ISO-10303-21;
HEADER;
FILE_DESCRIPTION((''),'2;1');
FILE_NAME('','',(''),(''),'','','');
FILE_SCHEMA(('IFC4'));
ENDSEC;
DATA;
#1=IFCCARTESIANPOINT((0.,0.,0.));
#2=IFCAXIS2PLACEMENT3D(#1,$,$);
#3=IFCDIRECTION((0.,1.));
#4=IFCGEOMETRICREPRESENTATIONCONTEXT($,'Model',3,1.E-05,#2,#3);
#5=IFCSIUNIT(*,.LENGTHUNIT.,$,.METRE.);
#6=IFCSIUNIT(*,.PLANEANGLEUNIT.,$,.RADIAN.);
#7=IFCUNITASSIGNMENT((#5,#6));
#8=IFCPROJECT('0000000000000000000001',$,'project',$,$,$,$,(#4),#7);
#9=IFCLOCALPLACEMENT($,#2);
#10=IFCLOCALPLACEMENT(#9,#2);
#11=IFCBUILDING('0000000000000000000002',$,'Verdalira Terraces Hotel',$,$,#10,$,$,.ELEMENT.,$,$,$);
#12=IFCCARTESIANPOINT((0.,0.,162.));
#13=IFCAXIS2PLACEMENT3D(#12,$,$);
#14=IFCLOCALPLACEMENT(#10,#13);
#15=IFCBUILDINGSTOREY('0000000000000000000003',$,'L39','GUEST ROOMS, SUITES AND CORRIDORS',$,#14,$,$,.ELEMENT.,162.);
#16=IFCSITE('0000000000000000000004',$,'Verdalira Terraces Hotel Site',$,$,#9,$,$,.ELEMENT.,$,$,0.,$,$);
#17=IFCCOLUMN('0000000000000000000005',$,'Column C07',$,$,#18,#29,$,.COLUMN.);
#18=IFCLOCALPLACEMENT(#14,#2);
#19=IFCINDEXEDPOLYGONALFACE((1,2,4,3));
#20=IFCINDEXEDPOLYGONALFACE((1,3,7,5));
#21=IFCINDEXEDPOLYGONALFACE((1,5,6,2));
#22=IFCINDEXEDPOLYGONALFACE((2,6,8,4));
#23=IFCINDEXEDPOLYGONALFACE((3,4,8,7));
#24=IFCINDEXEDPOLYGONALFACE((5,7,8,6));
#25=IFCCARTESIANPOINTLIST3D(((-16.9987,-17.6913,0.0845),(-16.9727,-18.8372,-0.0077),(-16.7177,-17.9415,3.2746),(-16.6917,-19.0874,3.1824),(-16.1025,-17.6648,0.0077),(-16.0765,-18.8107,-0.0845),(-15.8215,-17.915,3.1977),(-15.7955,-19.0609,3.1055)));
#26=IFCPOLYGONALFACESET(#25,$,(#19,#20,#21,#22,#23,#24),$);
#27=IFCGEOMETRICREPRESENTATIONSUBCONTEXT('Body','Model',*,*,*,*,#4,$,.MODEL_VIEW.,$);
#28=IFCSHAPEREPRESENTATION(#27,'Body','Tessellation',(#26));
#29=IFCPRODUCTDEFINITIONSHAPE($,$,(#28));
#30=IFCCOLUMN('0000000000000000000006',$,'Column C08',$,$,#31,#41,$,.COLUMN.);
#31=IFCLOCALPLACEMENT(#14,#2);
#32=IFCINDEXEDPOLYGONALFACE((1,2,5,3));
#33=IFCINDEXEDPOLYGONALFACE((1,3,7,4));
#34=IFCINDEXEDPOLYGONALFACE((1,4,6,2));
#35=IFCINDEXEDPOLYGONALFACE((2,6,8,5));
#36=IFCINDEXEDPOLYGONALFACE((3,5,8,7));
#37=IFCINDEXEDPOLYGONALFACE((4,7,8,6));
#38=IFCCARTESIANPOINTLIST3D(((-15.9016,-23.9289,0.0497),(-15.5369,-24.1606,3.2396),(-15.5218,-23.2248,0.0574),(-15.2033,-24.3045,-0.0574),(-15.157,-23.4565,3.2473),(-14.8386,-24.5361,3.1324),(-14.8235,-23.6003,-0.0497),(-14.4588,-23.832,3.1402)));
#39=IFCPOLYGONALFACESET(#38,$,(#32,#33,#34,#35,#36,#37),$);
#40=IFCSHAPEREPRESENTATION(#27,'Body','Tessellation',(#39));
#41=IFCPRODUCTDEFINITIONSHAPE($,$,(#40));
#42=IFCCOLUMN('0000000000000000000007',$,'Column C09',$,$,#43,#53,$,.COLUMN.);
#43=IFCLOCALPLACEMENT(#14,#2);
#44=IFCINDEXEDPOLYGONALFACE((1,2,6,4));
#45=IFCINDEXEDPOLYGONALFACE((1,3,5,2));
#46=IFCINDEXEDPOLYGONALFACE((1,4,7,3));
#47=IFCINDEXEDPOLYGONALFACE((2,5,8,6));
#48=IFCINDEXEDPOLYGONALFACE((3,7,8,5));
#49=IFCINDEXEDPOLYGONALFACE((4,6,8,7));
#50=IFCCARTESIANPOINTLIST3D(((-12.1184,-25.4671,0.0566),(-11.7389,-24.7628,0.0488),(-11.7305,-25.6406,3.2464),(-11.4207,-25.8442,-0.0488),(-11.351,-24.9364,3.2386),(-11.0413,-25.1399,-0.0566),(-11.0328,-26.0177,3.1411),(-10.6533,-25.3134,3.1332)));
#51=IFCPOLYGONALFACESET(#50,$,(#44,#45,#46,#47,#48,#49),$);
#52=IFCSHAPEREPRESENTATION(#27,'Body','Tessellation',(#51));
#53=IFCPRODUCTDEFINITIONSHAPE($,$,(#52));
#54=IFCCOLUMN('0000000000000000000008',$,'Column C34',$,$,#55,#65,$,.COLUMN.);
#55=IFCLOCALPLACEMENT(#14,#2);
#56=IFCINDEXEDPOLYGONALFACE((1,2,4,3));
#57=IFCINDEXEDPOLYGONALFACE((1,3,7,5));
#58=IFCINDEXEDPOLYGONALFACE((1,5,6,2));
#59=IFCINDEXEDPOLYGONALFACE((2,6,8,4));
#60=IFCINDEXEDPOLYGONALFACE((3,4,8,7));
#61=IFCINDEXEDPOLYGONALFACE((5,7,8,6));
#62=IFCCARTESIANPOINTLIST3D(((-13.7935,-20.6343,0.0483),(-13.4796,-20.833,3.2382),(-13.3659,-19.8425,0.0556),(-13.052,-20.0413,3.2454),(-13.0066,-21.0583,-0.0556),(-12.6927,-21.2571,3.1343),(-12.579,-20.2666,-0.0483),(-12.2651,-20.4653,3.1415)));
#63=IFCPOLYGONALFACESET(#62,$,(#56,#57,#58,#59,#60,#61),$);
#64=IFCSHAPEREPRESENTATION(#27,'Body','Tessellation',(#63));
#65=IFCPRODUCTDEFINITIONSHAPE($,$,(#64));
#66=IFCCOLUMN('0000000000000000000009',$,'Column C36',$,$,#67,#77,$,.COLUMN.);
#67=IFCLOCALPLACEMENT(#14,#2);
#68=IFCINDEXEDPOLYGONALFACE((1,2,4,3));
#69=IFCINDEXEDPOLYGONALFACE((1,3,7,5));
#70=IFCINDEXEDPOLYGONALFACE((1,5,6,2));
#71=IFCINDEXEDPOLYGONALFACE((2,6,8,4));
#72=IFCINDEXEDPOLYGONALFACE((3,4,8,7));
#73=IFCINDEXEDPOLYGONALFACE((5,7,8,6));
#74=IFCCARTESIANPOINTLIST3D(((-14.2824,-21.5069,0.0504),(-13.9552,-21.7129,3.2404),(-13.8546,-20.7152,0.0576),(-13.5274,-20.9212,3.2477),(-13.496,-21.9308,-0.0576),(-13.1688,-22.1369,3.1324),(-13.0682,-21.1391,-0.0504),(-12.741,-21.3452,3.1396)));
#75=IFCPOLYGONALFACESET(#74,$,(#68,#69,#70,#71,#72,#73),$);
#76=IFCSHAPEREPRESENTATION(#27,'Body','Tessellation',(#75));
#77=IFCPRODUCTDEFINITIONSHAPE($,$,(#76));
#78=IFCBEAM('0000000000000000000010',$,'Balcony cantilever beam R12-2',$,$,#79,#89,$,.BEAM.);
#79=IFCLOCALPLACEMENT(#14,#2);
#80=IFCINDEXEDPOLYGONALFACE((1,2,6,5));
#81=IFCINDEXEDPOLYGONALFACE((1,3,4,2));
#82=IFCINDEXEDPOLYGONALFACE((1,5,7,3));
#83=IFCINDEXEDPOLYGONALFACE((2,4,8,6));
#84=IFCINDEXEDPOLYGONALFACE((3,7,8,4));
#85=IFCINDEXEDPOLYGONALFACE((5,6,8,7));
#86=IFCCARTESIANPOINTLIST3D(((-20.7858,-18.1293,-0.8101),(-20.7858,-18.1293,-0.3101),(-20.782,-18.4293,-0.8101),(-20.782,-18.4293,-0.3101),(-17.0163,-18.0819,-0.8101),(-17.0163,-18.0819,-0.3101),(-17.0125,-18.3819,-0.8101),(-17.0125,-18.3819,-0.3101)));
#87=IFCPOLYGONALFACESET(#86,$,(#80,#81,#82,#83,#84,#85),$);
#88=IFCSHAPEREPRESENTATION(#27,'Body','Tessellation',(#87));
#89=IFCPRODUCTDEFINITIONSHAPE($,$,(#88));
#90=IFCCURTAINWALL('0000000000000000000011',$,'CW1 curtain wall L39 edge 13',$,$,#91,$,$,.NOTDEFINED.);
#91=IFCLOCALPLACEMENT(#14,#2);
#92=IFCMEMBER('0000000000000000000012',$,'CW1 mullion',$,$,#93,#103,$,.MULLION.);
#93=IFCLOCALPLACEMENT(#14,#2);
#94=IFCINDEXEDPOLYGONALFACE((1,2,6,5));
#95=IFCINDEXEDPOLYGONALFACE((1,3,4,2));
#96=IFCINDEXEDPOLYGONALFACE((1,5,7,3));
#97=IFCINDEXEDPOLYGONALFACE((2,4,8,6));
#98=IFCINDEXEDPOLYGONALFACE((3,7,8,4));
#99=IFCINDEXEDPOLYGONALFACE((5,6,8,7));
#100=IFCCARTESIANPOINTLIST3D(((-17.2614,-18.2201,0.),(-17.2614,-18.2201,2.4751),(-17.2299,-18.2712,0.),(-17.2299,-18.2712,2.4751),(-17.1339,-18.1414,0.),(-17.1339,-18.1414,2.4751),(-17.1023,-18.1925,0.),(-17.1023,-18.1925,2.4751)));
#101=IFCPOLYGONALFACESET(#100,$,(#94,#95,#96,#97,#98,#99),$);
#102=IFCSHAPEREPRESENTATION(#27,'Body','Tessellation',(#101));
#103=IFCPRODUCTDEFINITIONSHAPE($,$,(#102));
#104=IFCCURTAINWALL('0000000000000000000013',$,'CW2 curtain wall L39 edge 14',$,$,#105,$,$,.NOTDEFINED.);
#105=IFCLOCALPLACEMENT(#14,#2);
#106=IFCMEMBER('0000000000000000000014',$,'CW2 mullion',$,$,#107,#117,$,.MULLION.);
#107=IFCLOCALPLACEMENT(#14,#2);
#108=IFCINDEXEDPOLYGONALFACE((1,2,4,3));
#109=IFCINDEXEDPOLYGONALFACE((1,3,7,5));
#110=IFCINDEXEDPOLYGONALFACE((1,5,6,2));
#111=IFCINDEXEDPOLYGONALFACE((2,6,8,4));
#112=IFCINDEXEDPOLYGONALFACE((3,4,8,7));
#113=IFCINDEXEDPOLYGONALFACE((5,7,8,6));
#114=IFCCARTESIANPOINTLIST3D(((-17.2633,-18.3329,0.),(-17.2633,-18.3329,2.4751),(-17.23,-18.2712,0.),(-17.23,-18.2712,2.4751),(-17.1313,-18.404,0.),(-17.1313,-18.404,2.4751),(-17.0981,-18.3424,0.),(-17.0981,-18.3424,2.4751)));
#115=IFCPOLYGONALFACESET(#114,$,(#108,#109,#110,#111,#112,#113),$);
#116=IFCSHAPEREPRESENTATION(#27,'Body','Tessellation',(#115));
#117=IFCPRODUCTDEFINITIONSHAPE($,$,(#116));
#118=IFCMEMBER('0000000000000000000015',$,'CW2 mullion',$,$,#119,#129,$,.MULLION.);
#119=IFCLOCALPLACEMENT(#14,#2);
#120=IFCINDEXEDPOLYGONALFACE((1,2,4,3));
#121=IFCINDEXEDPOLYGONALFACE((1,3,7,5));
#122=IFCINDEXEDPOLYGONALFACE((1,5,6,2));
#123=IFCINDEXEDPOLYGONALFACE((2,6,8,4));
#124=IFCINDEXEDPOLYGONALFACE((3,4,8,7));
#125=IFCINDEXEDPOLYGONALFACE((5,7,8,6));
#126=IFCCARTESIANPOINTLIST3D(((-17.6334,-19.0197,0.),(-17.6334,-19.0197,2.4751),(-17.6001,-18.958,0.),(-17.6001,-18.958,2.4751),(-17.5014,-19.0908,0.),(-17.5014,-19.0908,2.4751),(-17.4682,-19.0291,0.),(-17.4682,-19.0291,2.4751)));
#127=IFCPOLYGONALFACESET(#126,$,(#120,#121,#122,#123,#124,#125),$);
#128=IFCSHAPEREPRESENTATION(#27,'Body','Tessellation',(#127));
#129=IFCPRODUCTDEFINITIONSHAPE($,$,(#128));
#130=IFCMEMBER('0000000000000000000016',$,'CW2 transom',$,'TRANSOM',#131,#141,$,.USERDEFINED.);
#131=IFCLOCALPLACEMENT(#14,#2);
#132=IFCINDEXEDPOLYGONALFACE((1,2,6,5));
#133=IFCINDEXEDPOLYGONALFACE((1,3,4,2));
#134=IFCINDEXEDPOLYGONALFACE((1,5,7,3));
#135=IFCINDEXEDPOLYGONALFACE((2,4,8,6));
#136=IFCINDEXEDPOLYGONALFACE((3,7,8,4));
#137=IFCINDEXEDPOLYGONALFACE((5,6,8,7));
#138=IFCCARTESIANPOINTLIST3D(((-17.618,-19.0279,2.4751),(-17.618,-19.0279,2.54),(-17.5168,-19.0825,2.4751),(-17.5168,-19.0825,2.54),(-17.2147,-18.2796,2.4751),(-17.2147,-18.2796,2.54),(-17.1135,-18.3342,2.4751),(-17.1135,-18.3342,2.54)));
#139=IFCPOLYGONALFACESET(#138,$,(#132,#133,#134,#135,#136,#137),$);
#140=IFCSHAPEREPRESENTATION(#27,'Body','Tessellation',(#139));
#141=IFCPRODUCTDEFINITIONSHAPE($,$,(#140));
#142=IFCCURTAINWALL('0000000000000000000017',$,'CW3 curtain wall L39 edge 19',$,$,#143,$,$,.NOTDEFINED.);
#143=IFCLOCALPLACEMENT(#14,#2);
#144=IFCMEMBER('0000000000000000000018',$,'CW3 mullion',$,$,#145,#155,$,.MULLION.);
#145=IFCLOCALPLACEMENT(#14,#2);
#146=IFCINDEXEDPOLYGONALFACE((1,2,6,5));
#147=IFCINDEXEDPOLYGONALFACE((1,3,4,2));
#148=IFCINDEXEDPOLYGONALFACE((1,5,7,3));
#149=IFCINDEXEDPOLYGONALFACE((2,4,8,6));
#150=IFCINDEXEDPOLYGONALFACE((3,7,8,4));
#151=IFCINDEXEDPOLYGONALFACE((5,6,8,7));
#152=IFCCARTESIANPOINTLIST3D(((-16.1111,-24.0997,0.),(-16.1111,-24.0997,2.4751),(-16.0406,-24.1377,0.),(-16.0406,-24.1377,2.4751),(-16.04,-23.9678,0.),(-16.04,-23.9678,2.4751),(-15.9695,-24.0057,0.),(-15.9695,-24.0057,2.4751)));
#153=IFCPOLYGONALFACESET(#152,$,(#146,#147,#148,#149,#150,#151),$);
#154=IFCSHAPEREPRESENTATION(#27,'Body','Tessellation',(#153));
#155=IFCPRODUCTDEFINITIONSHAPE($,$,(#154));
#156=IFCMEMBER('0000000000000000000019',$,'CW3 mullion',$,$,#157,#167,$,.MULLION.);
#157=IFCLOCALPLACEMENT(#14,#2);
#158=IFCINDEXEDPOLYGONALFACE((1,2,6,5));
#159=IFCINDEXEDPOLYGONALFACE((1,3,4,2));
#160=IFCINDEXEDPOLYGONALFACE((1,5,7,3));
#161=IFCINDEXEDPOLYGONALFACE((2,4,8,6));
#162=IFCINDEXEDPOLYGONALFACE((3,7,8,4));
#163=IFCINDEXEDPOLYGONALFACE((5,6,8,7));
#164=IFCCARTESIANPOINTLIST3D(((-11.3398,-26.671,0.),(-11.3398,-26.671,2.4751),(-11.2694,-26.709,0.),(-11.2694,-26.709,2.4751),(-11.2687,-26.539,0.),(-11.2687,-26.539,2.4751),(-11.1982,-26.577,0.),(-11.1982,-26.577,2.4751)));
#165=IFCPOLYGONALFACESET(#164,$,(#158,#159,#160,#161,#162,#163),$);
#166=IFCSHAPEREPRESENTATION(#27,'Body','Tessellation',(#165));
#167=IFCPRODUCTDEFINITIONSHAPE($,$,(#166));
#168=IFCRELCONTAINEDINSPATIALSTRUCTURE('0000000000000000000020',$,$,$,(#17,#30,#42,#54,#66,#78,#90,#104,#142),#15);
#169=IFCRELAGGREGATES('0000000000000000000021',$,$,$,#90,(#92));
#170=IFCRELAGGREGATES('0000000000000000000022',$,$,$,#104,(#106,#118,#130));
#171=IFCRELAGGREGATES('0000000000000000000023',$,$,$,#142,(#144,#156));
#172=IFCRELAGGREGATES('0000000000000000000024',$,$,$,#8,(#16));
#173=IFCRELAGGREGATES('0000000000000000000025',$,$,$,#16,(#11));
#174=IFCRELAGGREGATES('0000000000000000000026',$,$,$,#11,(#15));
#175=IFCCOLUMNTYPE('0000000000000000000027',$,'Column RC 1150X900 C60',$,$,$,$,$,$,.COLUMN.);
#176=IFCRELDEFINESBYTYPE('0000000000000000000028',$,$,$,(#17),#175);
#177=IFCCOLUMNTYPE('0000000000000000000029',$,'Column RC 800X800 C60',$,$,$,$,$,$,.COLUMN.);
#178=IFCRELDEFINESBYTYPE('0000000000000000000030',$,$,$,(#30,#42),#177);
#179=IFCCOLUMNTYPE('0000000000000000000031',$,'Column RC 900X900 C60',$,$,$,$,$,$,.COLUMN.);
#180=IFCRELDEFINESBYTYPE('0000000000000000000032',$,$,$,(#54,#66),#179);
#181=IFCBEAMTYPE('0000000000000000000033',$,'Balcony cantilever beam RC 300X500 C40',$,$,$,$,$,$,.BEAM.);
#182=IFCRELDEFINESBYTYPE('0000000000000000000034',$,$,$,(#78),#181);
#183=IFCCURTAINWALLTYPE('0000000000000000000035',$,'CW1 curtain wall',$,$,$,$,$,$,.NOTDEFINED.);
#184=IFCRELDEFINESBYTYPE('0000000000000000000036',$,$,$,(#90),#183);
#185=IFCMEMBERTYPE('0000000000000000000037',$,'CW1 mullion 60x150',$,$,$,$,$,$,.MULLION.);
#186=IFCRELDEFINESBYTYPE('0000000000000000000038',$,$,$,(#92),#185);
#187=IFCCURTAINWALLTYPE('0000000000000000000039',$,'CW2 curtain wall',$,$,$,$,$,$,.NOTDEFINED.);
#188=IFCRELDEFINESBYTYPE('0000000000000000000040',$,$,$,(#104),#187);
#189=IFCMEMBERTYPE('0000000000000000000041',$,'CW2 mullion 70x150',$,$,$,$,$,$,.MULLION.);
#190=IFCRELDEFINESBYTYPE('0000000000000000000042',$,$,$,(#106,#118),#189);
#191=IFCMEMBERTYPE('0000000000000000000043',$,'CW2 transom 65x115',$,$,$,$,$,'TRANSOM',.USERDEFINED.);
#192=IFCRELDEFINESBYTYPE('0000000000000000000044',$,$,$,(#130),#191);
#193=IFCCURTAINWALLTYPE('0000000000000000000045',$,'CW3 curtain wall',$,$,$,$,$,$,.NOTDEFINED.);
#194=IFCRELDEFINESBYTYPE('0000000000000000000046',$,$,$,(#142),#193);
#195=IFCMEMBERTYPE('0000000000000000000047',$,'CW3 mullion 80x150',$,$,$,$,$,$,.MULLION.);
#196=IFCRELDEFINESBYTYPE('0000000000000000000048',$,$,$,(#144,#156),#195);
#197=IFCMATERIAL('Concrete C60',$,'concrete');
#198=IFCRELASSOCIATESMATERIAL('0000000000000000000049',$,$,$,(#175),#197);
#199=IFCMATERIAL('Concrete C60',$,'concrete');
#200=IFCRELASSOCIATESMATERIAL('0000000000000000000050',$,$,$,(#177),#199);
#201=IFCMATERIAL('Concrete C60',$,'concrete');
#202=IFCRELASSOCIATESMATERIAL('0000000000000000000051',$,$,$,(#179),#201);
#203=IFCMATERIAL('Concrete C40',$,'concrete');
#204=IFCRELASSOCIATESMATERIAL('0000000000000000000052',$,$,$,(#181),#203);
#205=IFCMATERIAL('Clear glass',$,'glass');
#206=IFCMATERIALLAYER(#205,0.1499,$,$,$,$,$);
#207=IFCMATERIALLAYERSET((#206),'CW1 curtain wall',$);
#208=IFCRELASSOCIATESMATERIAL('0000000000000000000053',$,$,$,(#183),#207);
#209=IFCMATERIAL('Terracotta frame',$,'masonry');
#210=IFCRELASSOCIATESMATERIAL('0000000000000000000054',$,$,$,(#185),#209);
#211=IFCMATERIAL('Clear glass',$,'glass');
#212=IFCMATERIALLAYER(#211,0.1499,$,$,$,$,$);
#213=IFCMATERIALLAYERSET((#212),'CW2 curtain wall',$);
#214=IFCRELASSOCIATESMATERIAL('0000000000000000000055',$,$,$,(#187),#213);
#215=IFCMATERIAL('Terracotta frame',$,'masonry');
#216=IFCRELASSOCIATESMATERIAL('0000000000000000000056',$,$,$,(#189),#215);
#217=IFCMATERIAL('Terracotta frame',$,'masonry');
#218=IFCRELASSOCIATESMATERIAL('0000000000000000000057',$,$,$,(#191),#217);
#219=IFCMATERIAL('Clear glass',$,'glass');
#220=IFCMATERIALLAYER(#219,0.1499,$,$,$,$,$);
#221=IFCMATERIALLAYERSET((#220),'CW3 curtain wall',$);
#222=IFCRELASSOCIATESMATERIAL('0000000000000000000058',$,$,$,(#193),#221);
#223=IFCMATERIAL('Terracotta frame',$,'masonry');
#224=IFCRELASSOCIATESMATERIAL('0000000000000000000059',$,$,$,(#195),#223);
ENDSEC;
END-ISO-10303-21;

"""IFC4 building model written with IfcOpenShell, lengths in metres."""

from ifc_helpers import new_model, si_unit, direction, frame, origin, origin_2d, place, context, subcontext, project, spatial, rectangle, extrude, material, layer, layer_set, material_profile, profile_set, type_object, element, aggregate, save


model = new_model("IFC4")

# Units and contexts
model_context = context("Model", 3, precision=1e-05, world=origin(), true_north=direction((0.0, 1.0)))
body_context = subcontext(model_context, "Body", "Model", "MODEL_VIEW")
ifc_project = project(units=[si_unit("LENGTHUNIT", "METRE"), si_unit("PLANEANGLEUNIT", "RADIAN")], contexts=[model_context])

# Site, building, storey
site_placement = place(None, origin())
site = spatial("IfcSite", under=ifc_project, at=site_placement, Name="Verdalira Terraces Hotel Site", CompositionType="ELEMENT", RefElevation=0.0)
building_placement = place(site_placement, origin())
building = spatial("IfcBuilding", under=site, at=building_placement, Name="Verdalira Terraces Hotel", CompositionType="ELEMENT")
storey_placement = place(building_placement, frame((0.0, 0.0, 162.0)))
storey = spatial("IfcBuildingStorey", under=building, at=storey_placement, Name="L39", Description="GUEST ROOMS, SUITES AND CORRIDORS", CompositionType="ELEMENT", Elevation=162.0)

# Columns
ifc_material_1 = material(Name="Concrete C60", Category="concrete")
ifc_material_profile_1 = material_profile(ifc_material_1, rectangle(XDim=1.1499, YDim=0.8999, at=origin_2d()), Name="RC 1150X900")
ifc_profile_set_1 = profile_set([ifc_material_profile_1], Name="Concrete C60")
column_type_1 = type_object("IfcColumnType", Name="Column RC 1150X900 C60", PredefinedType="COLUMN", material=ifc_profile_set_1)
column_1_placement = place(storey_placement, frame((-16.5376, -18.251, 0.0), z_axis=(0.087485, -0.077908, 0.993115), x_axis=(-0.022604, 0.996525, 0.080166)))
element("IfcColumn", 1, at=column_1_placement, inside=storey, type_object=column_type_1, Name="Column C07", PredefinedType="COLUMN", context=body_context, shape_type="SweptSolid", body=[
    extrude(rectangle(XDim=1.1499, YDim=0.8999, at=origin_2d()), origin(), (0.0, 0.0, 1.0), 3.2122),
])
ifc_material_2 = material(Name="Concrete C60", Category="concrete")
ifc_material_profile_2 = material_profile(ifc_material_2, rectangle(XDim=0.8, YDim=0.8, at=origin_2d()), Name="RC 800X800")
ifc_profile_set_2 = profile_set([ifc_material_profile_2], Name="Concrete C60")
column_type_2 = type_object("IfcColumnType", Name="Column RC 800X800 C60", PredefinedType="COLUMN", material=ifc_profile_set_2)
column_2_placement = place(storey_placement, frame((-15.3625, -23.7646, 0.0), z_axis=(0.113308, -0.071974, 0.99095), x_axis=(0.872804, -0.469347, -0.133888)))
element("IfcColumn", 2, at=column_2_placement, inside=storey, type_object=column_type_2, Name="Column C08", PredefinedType="COLUMN", context=body_context, shape_type="SweptSolid", body=[
    extrude(rectangle(XDim=0.8, YDim=0.8, at=origin_2d()), origin(), (0.0, 0.0, 1.0), 3.219),
])
column_3_placement = place(storey_placement, frame((-11.5798, -25.3035, 0.0), z_axis=(0.120548, -0.053939, 0.991241), x_axis=(0.872069, -0.471329, -0.131703)))
element("IfcColumn", 3, at=column_3_placement, inside=storey, type_object=column_type_2, Name="Column C09", PredefinedType="COLUMN", context=body_context, shape_type="SweptSolid", body=[
    extrude(rectangle(XDim=0.8, YDim=0.8, at=origin_2d()), origin(), (0.0, 0.0, 1.0), 3.218),
])
ifc_material_3 = material(Name="Concrete C60", Category="concrete")
ifc_material_profile_3 = material_profile(ifc_material_3, rectangle(XDim=0.8999, YDim=0.8999, at=origin_2d()), Name="RC 900X900")
ifc_profile_set_3 = profile_set([ifc_material_profile_3], Name="Concrete C60")
column_type_3 = type_object("IfcColumnType", Name="Column RC 900X900 C60", PredefinedType="COLUMN", material=ifc_profile_set_3)
column_4_placement = place(storey_placement, frame((-13.1863, -20.4504, 0.0), z_axis=(0.097762, -0.061881, 0.993284), x_axis=(-0.475188, -0.879848, -0.008044)))
element("IfcColumn", 4, at=column_4_placement, inside=storey, type_object=column_type_3, Name="Column C34", PredefinedType="COLUMN", context=body_context, shape_type="SweptSolid", body=[
    extrude(rectangle(XDim=0.8999, YDim=0.8999, at=origin_2d()), origin(), (0.0, 0.0, 1.0), 3.2114),
])
column_5_placement = place(storey_placement, frame((-13.6753, -21.323, 0.0), z_axis=(0.101811, -0.064126, 0.992735), x_axis=(-0.475402, -0.879731, -0.008071)))
element("IfcColumn", 5, at=column_5_placement, inside=storey, type_object=column_type_3, Name="Column C36", PredefinedType="COLUMN", context=body_context, shape_type="SweptSolid", body=[
    extrude(rectangle(XDim=0.8999, YDim=0.8999, at=origin_2d()), origin(), (0.0, 0.0, 1.0), 3.2134),
])

# Beam
ifc_material_4 = material(Name="Concrete C40", Category="concrete")
ifc_material_profile_4 = material_profile(ifc_material_4, rectangle(XDim=0.3, YDim=0.5, at=origin_2d()), Name="RC 300X500")
ifc_profile_set_4 = profile_set([ifc_material_profile_4], Name="Concrete C40")
beam_type_1 = type_object("IfcBeamType", Name="Balcony cantilever beam RC 300X500 C40", PredefinedType="BEAM", material=ifc_profile_set_4)
beam_1_placement = place(storey_placement, frame((-17.0144, -18.2319, -0.5601), z_axis=(-0.999921, -0.012564, 0.0), x_axis=(0.012564, -0.999921, 0.0)))
element("IfcBeam", 6, at=beam_1_placement, inside=storey, type_object=beam_type_1, Name="Balcony cantilever beam R12-2", PredefinedType="BEAM", context=body_context, shape_type="SweptSolid", body=[
    extrude(rectangle(XDim=0.3, YDim=0.5, at=origin_2d()), origin(), (0.0, 0.0, 1.0), 3.7698),
])

# Curtain wall, member
ifc_material_5 = material(Name="Clear glass", Category="glass")
ifc_layer_1 = layer(ifc_material_5, 0.1499)
ifc_layer_set_1 = layer_set([ifc_layer_1], Name="CW1 curtain wall")
curtain_wall_type_1 = type_object("IfcCurtainWallType", Name="CW1 curtain wall", PredefinedType="NOTDEFINED", material=ifc_layer_set_1)
curtain_wall_1_placement = place(storey_placement, origin())
curtain_wall_1 = element("IfcCurtainWall", 7, at=curtain_wall_1_placement, inside=storey, type_object=curtain_wall_type_1, Name="CW1 curtain wall L39 edge 13", PredefinedType="NOTDEFINED")
ifc_material_6 = material(Name="Terracotta frame", Category="masonry")
ifc_material_profile_5 = material_profile(ifc_material_6, rectangle(XDim=0.0601, YDim=0.1499, at=origin_2d()), Name="MU 60x150")
ifc_profile_set_5 = profile_set([ifc_material_profile_5], Name="Terracotta frame")
member_type_1 = type_object("IfcMemberType", Name="CW1 mullion 60x150", PredefinedType="MULLION", material=ifc_profile_set_5)
member_1_placement = place(storey_placement, frame((-17.1819, -18.2063, 0.0), z_axis=(0.0, 0.0, 1.0), x_axis=(0.525175, -0.850994, 0.0)))
member_1 = element("IfcMember", 8, at=member_1_placement, type_object=member_type_1, Name="CW1 mullion", PredefinedType="MULLION", context=body_context, shape_type="SweptSolid", body=[
    extrude(rectangle(XDim=0.0601, YDim=0.1499, at=origin_2d()), origin(), (0.0, 0.0, 1.0), 2.4751),
])
aggregate(curtain_wall_1, [member_1])

# Curtain walls, members
ifc_material_7 = material(Name="Clear glass", Category="glass")
ifc_layer_2 = layer(ifc_material_7, 0.1499)
ifc_layer_set_2 = layer_set([ifc_layer_2], Name="CW2 curtain wall")
curtain_wall_type_2 = type_object("IfcCurtainWallType", Name="CW2 curtain wall", PredefinedType="NOTDEFINED", material=ifc_layer_set_2)
curtain_wall_2_placement = place(storey_placement, origin())
curtain_wall_2 = element("IfcCurtainWall", 9, at=curtain_wall_2_placement, inside=storey, type_object=curtain_wall_type_2, Name="CW2 curtain wall L39 edge 14", PredefinedType="NOTDEFINED")
ifc_material_8 = material(Name="Terracotta frame", Category="masonry")
ifc_material_profile_6 = material_profile(ifc_material_8, rectangle(XDim=0.0701, YDim=0.1499, at=origin_2d()), Name="MU 70x150")
ifc_profile_set_6 = profile_set([ifc_material_profile_6], Name="Terracotta frame")
member_type_2 = type_object("IfcMemberType", Name="CW2 mullion 70x150", PredefinedType="MULLION", material=ifc_profile_set_6)
member_2_placement = place(storey_placement, frame((-17.1807, -18.3376, 0.0), z_axis=(0.0, 0.0, 1.0), x_axis=(-0.474396, -0.880312, 0.0)))
member_2 = element("IfcMember", 10, at=member_2_placement, type_object=member_type_2, Name="CW2 mullion", PredefinedType="MULLION", context=body_context, shape_type="SweptSolid", body=[
    extrude(rectangle(XDim=0.0701, YDim=0.1499, at=origin_2d()), origin(), (0.0, 0.0, 1.0), 2.4751),
])
member_3_placement = place(storey_placement, frame((-17.5508, -19.0244, 0.0), z_axis=(0.0, 0.0, 1.0), x_axis=(-0.474396, -0.880312, 0.0)))
member_3 = element("IfcMember", 11, at=member_3_placement, type_object=member_type_2, Name="CW2 mullion", PredefinedType="MULLION", context=body_context, shape_type="SweptSolid", body=[
    extrude(rectangle(XDim=0.0701, YDim=0.1499, at=origin_2d()), origin(), (0.0, 0.0, 1.0), 2.4751),
])
ifc_material_9 = material(Name="Terracotta frame", Category="masonry")
ifc_material_profile_7 = material_profile(ifc_material_9, rectangle(XDim=0.115, YDim=0.0649, at=origin_2d()), Name="TR 65x115")
ifc_profile_set_7 = profile_set([ifc_material_profile_7], Name="Terracotta frame")
member_type_3 = type_object("IfcMemberType", Name="CW2 transom 65x115", ElementType="TRANSOM", PredefinedType="USERDEFINED", material=ifc_profile_set_7)
member_4_placement = place(storey_placement, frame((-17.1641, -18.3069, 2.5076), z_axis=(-0.474459, -0.880277, 0.0), x_axis=(0.880277, -0.474459, 0.0)))
member_4 = element("IfcMember", 12, at=member_4_placement, type_object=member_type_3, Name="CW2 transom", ObjectType="TRANSOM", PredefinedType="USERDEFINED", context=body_context, shape_type="SweptSolid", body=[
    extrude(rectangle(XDim=0.115, YDim=0.0649, at=origin_2d()), origin(), (0.0, 0.0, 1.0), 0.8501),
])
ifc_material_10 = material(Name="Clear glass", Category="glass")
ifc_layer_3 = layer(ifc_material_10, 0.1499)
ifc_layer_set_3 = layer_set([ifc_layer_3], Name="CW3 curtain wall")
curtain_wall_type_3 = type_object("IfcCurtainWallType", Name="CW3 curtain wall", PredefinedType="NOTDEFINED", material=ifc_layer_set_3)
curtain_wall_3_placement = place(storey_placement, origin())
curtain_wall_3 = element("IfcCurtainWall", 13, at=curtain_wall_3_placement, inside=storey, type_object=curtain_wall_type_3, Name="CW3 curtain wall L39 edge 19", PredefinedType="NOTDEFINED")
ifc_material_11 = material(Name="Terracotta frame", Category="masonry")
ifc_material_profile_8 = material_profile(ifc_material_11, rectangle(XDim=0.0801, YDim=0.1499, at=origin_2d()), Name="MU 80x150")
ifc_profile_set_8 = profile_set([ifc_material_profile_8], Name="Terracotta frame")
member_type_4 = type_object("IfcMemberType", Name="CW3 mullion 80x150", PredefinedType="MULLION", material=ifc_profile_set_8)
member_5_placement = place(storey_placement, frame((-16.0403, -24.0527, 0.0), z_axis=(0.0, 0.0, 1.0), x_axis=(0.880312, -0.474396, 0.0)))
member_5 = element("IfcMember", 14, at=member_5_placement, type_object=member_type_4, Name="CW3 mullion", PredefinedType="MULLION", context=body_context, shape_type="SweptSolid", body=[
    extrude(rectangle(XDim=0.0801, YDim=0.1499, at=origin_2d()), origin(), (0.0, 0.0, 1.0), 2.4751),
])
member_6_placement = place(storey_placement, frame((-11.269, -26.624, 0.0), z_axis=(0.0, 0.0, 1.0), x_axis=(0.880312, -0.474396, 0.0)))
member_6 = element("IfcMember", 15, at=member_6_placement, type_object=member_type_4, Name="CW3 mullion", PredefinedType="MULLION", context=body_context, shape_type="SweptSolid", body=[
    extrude(rectangle(XDim=0.0801, YDim=0.1499, at=origin_2d()), origin(), (0.0, 0.0, 1.0), 2.4751),
])

aggregate(curtain_wall_2, [member_2, member_3, member_4])
aggregate(curtain_wall_3, [member_5, member_6])

save(model, "model.ifc")
